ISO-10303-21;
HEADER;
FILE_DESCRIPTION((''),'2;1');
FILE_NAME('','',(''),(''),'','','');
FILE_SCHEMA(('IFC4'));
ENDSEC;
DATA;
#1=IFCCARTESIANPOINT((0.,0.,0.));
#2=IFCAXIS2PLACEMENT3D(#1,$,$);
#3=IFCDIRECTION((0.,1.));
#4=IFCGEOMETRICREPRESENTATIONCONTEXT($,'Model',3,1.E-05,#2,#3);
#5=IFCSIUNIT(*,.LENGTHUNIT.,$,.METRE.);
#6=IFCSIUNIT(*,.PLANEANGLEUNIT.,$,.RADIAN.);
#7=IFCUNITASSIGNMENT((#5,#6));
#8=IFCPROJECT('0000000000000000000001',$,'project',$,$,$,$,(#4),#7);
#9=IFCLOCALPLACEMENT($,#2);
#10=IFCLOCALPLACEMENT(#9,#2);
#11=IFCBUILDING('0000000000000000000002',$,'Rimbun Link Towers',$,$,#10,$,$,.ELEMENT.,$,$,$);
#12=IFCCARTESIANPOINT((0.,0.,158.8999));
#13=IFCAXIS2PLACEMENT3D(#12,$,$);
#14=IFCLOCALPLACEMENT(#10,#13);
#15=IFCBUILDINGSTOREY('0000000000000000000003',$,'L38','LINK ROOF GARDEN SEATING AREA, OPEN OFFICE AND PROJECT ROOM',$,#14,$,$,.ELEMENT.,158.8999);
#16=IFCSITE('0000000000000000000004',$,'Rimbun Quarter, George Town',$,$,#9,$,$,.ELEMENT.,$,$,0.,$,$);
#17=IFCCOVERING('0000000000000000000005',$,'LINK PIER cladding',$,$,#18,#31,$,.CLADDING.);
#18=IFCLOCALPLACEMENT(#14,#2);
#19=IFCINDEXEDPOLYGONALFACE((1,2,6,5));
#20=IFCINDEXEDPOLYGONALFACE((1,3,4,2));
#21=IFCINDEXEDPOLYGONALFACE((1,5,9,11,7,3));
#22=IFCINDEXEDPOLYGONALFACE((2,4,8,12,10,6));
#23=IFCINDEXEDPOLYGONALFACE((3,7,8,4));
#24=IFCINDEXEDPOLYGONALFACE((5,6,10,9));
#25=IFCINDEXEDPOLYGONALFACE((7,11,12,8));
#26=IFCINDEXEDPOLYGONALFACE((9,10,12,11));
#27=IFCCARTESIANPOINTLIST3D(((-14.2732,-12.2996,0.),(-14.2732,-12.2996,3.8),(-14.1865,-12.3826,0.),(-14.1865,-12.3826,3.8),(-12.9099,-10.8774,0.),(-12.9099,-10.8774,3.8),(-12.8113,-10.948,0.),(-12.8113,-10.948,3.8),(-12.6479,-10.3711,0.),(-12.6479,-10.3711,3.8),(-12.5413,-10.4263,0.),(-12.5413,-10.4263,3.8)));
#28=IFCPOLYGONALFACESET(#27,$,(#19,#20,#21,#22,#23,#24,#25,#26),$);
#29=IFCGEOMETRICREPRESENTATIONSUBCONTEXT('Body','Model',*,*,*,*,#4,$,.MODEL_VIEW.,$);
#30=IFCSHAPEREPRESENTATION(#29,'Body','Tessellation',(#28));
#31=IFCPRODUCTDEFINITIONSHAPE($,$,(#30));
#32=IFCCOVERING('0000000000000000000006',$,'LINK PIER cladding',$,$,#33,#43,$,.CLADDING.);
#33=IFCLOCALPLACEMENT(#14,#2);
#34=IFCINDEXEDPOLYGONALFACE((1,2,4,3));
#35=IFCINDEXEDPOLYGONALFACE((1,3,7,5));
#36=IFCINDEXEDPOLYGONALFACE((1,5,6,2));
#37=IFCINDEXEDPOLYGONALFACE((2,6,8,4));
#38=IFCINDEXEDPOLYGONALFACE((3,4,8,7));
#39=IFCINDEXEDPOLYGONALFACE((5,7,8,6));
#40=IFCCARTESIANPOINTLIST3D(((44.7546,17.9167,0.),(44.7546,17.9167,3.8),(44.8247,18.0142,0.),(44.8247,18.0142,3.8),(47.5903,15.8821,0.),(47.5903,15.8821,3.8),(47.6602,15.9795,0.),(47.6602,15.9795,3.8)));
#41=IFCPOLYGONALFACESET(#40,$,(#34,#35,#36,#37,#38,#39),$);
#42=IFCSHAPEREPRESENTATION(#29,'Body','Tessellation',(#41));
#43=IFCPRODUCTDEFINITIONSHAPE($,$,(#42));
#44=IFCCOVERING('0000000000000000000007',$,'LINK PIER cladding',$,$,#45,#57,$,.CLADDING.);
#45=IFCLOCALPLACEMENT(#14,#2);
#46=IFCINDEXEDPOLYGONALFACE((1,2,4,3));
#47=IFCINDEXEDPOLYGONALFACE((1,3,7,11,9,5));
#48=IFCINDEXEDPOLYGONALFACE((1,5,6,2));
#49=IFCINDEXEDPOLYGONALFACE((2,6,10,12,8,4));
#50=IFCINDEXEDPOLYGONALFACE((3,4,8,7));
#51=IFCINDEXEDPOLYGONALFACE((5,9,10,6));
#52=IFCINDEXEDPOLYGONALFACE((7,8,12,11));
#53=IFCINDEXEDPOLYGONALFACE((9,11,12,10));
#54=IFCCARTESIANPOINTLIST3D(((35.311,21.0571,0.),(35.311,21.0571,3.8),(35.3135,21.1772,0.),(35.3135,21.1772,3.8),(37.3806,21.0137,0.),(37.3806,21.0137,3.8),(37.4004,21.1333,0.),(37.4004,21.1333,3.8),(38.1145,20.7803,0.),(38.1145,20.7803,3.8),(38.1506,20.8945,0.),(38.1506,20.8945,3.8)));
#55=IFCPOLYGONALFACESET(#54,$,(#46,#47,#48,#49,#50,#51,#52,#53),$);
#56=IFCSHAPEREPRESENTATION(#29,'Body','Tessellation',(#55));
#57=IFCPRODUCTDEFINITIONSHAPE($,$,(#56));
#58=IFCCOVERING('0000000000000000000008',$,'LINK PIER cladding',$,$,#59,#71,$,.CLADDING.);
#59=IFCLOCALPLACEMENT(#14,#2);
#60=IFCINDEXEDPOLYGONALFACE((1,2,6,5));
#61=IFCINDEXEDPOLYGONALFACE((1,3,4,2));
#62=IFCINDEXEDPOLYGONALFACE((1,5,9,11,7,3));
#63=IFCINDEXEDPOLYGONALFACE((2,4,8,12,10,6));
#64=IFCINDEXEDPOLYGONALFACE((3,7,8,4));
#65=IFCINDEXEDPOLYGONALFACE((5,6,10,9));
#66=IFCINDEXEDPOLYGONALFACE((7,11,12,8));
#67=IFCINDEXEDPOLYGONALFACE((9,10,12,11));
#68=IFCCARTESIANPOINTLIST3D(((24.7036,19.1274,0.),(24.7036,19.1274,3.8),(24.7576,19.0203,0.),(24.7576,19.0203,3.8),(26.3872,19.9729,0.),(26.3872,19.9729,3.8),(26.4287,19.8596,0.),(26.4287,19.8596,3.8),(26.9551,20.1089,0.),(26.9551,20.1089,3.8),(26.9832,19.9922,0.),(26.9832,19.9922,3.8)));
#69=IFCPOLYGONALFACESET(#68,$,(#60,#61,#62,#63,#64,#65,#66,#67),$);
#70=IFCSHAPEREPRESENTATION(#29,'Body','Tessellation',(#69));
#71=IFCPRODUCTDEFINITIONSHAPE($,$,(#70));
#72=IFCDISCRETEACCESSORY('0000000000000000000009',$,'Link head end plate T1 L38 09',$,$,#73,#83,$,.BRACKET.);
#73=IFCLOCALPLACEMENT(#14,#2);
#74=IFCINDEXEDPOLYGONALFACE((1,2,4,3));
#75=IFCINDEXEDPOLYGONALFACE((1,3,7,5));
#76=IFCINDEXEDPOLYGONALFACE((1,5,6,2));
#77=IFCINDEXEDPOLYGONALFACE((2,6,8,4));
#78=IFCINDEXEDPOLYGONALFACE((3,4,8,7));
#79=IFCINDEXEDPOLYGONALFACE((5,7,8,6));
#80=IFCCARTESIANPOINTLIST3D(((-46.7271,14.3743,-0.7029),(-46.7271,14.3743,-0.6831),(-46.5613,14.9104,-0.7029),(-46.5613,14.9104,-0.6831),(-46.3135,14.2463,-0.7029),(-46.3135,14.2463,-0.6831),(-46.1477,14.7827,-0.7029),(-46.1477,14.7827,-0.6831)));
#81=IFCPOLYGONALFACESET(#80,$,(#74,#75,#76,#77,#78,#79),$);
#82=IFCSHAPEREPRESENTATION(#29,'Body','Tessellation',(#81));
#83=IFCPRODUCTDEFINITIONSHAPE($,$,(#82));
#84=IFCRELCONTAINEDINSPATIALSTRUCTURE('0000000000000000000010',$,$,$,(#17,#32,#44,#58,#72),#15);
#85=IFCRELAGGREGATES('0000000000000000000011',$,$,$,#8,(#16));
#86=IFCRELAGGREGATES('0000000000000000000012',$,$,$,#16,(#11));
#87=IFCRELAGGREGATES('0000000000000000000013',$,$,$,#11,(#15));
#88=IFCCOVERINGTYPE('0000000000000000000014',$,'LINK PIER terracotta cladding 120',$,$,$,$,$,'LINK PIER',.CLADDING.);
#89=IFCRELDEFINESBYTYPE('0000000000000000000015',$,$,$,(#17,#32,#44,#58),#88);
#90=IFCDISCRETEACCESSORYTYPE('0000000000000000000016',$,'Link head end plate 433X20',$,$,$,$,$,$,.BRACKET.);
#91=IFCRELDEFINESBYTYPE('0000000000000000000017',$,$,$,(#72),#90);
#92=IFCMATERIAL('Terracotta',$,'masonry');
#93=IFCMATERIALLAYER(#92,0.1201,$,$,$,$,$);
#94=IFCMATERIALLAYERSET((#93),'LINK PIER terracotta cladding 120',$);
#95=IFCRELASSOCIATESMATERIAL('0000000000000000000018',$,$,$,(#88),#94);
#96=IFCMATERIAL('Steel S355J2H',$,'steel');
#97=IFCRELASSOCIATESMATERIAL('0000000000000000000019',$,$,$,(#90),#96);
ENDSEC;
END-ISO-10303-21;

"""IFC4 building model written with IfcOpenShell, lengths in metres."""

from ifc_helpers import new_model, si_unit, direction, frame, origin, origin_2d, place, context, subcontext, project, spatial, polyline, rectangle, outline, extrude, material, layer, layer_set, material_profile, profile_set, type_object, element, save


model = new_model("IFC4")

# Units and contexts
model_context = context("Model", 3, precision=1e-05, world=origin(), true_north=direction((0.0, 1.0)))
body_context = subcontext(model_context, "Body", "Model", "MODEL_VIEW")
ifc_project = project(units=[si_unit("LENGTHUNIT", "METRE"), si_unit("PLANEANGLEUNIT", "RADIAN")], contexts=[model_context])

# Site, building, storey
site_placement = place(None, origin())
site = spatial("IfcSite", under=ifc_project, at=site_placement, Name="Rimbun Quarter, George Town", CompositionType="ELEMENT", RefElevation=0.0)
building_placement = place(site_placement, origin())
building = spatial("IfcBuilding", under=site, at=building_placement, Name="Rimbun Link Towers", CompositionType="ELEMENT")
storey_placement = place(building_placement, frame((0.0, 0.0, 158.8999)))
storey = spatial("IfcBuildingStorey", under=building, at=storey_placement, Name="L38", Description="LINK ROOF GARDEN SEATING AREA, OPEN OFFICE AND PROJECT ROOM", CompositionType="ELEMENT", Elevation=158.8999)

# Coverings
ifc_material_1 = material(Name="Terracotta", Category="masonry")
ifc_layer_1 = layer(ifc_material_1, 0.1201)
ifc_layer_set_1 = layer_set([ifc_layer_1], Name="LINK PIER terracotta cladding 120")
covering_type = type_object("IfcCoveringType", Name="LINK PIER terracotta cladding 120", ElementType="LINK PIER", PredefinedType="CLADDING", material=ifc_layer_set_1)
covering_1_placement = place(storey_placement, origin())
element("IfcCovering", 1, at=covering_1_placement, inside=storey, type_object=covering_type, Name="LINK PIER cladding", PredefinedType="CLADDING", context=body_context, shape_type="SweptSolid", body=[
    extrude(outline(polyline([(-12.6479, -10.3711), (-12.9099, -10.8774), (-14.2732, -12.2996), (-14.1865, -12.3826), (-12.8113, -10.948), (-12.5413, -10.4263), (-12.6479, -10.3711)])), origin(), (0.0, 0.0, 1.0), 3.8),
])
covering_2_placement = place(storey_placement, origin())
element("IfcCovering", 2, at=covering_2_placement, inside=storey, type_object=covering_type, Name="LINK PIER cladding", PredefinedType="CLADDING", context=body_context, shape_type="SweptSolid", body=[
    extrude(outline(polyline([(44.7546, 17.9167), (47.5903, 15.8821), (47.6602, 15.9795), (44.8247, 18.0142), (44.7546, 17.9167)])), origin(), (0.0, 0.0, 1.0), 3.8),
])
covering_3_placement = place(storey_placement, origin())
element("IfcCovering", 3, at=covering_3_placement, inside=storey, type_object=covering_type, Name="LINK PIER cladding", PredefinedType="CLADDING", context=body_context, shape_type="SweptSolid", body=[
    extrude(outline(polyline([(35.311, 21.0571), (37.3806, 21.0137), (38.1145, 20.7803), (38.1506, 20.8945), (37.4004, 21.1333), (35.3135, 21.1772), (35.311, 21.0571)])), origin(), (0.0, 0.0, 1.0), 3.8),
])
covering_4_placement = place(storey_placement, origin())
element("IfcCovering", 4, at=covering_4_placement, inside=storey, type_object=covering_type, Name="LINK PIER cladding", PredefinedType="CLADDING", context=body_context, shape_type="SweptSolid", body=[
    extrude(outline(polyline([(24.7576, 19.0203), (26.4287, 19.8596), (26.9832, 19.9922), (26.9551, 20.1089), (26.3872, 19.9729), (24.7036, 19.1274), (24.7576, 19.0203)])), origin(), (0.0, 0.0, 1.0), 3.8),
])

# Discrete accessory
ifc_material_2 = material(Name="Steel S355J2H", Category="steel")
ifc_material_profile = material_profile(ifc_material_2, rectangle(XDim=0.4331, YDim=0.4331, at=origin_2d()), Name="PL 433x433")
ifc_profile_set = profile_set([ifc_material_profile], Name="Steel S355J2H")
discrete_accessory_type = type_object("IfcDiscreteAccessoryType", Name="Link head end plate 433X20", PredefinedType="BRACKET", material=ifc_profile_set)
discrete_accessory_placement = place(storey_placement, frame((0.0, 0.0, -0.7029)))
element("IfcDiscreteAccessory", 5, at=discrete_accessory_placement, inside=storey, type_object=discrete_accessory_type, Name="Link head end plate T1 L38 09", PredefinedType="BRACKET", context=body_context, shape_type="SweptSolid", body=[
    extrude(outline(polyline([(-46.3135, 14.2463), (-46.1477, 14.7827), (-46.5613, 14.9104), (-46.7271, 14.3743), (-46.3135, 14.2463)])), origin(), (0.0, 0.0, 1.0), 0.0198),
])

save(model, "model.ifc")
